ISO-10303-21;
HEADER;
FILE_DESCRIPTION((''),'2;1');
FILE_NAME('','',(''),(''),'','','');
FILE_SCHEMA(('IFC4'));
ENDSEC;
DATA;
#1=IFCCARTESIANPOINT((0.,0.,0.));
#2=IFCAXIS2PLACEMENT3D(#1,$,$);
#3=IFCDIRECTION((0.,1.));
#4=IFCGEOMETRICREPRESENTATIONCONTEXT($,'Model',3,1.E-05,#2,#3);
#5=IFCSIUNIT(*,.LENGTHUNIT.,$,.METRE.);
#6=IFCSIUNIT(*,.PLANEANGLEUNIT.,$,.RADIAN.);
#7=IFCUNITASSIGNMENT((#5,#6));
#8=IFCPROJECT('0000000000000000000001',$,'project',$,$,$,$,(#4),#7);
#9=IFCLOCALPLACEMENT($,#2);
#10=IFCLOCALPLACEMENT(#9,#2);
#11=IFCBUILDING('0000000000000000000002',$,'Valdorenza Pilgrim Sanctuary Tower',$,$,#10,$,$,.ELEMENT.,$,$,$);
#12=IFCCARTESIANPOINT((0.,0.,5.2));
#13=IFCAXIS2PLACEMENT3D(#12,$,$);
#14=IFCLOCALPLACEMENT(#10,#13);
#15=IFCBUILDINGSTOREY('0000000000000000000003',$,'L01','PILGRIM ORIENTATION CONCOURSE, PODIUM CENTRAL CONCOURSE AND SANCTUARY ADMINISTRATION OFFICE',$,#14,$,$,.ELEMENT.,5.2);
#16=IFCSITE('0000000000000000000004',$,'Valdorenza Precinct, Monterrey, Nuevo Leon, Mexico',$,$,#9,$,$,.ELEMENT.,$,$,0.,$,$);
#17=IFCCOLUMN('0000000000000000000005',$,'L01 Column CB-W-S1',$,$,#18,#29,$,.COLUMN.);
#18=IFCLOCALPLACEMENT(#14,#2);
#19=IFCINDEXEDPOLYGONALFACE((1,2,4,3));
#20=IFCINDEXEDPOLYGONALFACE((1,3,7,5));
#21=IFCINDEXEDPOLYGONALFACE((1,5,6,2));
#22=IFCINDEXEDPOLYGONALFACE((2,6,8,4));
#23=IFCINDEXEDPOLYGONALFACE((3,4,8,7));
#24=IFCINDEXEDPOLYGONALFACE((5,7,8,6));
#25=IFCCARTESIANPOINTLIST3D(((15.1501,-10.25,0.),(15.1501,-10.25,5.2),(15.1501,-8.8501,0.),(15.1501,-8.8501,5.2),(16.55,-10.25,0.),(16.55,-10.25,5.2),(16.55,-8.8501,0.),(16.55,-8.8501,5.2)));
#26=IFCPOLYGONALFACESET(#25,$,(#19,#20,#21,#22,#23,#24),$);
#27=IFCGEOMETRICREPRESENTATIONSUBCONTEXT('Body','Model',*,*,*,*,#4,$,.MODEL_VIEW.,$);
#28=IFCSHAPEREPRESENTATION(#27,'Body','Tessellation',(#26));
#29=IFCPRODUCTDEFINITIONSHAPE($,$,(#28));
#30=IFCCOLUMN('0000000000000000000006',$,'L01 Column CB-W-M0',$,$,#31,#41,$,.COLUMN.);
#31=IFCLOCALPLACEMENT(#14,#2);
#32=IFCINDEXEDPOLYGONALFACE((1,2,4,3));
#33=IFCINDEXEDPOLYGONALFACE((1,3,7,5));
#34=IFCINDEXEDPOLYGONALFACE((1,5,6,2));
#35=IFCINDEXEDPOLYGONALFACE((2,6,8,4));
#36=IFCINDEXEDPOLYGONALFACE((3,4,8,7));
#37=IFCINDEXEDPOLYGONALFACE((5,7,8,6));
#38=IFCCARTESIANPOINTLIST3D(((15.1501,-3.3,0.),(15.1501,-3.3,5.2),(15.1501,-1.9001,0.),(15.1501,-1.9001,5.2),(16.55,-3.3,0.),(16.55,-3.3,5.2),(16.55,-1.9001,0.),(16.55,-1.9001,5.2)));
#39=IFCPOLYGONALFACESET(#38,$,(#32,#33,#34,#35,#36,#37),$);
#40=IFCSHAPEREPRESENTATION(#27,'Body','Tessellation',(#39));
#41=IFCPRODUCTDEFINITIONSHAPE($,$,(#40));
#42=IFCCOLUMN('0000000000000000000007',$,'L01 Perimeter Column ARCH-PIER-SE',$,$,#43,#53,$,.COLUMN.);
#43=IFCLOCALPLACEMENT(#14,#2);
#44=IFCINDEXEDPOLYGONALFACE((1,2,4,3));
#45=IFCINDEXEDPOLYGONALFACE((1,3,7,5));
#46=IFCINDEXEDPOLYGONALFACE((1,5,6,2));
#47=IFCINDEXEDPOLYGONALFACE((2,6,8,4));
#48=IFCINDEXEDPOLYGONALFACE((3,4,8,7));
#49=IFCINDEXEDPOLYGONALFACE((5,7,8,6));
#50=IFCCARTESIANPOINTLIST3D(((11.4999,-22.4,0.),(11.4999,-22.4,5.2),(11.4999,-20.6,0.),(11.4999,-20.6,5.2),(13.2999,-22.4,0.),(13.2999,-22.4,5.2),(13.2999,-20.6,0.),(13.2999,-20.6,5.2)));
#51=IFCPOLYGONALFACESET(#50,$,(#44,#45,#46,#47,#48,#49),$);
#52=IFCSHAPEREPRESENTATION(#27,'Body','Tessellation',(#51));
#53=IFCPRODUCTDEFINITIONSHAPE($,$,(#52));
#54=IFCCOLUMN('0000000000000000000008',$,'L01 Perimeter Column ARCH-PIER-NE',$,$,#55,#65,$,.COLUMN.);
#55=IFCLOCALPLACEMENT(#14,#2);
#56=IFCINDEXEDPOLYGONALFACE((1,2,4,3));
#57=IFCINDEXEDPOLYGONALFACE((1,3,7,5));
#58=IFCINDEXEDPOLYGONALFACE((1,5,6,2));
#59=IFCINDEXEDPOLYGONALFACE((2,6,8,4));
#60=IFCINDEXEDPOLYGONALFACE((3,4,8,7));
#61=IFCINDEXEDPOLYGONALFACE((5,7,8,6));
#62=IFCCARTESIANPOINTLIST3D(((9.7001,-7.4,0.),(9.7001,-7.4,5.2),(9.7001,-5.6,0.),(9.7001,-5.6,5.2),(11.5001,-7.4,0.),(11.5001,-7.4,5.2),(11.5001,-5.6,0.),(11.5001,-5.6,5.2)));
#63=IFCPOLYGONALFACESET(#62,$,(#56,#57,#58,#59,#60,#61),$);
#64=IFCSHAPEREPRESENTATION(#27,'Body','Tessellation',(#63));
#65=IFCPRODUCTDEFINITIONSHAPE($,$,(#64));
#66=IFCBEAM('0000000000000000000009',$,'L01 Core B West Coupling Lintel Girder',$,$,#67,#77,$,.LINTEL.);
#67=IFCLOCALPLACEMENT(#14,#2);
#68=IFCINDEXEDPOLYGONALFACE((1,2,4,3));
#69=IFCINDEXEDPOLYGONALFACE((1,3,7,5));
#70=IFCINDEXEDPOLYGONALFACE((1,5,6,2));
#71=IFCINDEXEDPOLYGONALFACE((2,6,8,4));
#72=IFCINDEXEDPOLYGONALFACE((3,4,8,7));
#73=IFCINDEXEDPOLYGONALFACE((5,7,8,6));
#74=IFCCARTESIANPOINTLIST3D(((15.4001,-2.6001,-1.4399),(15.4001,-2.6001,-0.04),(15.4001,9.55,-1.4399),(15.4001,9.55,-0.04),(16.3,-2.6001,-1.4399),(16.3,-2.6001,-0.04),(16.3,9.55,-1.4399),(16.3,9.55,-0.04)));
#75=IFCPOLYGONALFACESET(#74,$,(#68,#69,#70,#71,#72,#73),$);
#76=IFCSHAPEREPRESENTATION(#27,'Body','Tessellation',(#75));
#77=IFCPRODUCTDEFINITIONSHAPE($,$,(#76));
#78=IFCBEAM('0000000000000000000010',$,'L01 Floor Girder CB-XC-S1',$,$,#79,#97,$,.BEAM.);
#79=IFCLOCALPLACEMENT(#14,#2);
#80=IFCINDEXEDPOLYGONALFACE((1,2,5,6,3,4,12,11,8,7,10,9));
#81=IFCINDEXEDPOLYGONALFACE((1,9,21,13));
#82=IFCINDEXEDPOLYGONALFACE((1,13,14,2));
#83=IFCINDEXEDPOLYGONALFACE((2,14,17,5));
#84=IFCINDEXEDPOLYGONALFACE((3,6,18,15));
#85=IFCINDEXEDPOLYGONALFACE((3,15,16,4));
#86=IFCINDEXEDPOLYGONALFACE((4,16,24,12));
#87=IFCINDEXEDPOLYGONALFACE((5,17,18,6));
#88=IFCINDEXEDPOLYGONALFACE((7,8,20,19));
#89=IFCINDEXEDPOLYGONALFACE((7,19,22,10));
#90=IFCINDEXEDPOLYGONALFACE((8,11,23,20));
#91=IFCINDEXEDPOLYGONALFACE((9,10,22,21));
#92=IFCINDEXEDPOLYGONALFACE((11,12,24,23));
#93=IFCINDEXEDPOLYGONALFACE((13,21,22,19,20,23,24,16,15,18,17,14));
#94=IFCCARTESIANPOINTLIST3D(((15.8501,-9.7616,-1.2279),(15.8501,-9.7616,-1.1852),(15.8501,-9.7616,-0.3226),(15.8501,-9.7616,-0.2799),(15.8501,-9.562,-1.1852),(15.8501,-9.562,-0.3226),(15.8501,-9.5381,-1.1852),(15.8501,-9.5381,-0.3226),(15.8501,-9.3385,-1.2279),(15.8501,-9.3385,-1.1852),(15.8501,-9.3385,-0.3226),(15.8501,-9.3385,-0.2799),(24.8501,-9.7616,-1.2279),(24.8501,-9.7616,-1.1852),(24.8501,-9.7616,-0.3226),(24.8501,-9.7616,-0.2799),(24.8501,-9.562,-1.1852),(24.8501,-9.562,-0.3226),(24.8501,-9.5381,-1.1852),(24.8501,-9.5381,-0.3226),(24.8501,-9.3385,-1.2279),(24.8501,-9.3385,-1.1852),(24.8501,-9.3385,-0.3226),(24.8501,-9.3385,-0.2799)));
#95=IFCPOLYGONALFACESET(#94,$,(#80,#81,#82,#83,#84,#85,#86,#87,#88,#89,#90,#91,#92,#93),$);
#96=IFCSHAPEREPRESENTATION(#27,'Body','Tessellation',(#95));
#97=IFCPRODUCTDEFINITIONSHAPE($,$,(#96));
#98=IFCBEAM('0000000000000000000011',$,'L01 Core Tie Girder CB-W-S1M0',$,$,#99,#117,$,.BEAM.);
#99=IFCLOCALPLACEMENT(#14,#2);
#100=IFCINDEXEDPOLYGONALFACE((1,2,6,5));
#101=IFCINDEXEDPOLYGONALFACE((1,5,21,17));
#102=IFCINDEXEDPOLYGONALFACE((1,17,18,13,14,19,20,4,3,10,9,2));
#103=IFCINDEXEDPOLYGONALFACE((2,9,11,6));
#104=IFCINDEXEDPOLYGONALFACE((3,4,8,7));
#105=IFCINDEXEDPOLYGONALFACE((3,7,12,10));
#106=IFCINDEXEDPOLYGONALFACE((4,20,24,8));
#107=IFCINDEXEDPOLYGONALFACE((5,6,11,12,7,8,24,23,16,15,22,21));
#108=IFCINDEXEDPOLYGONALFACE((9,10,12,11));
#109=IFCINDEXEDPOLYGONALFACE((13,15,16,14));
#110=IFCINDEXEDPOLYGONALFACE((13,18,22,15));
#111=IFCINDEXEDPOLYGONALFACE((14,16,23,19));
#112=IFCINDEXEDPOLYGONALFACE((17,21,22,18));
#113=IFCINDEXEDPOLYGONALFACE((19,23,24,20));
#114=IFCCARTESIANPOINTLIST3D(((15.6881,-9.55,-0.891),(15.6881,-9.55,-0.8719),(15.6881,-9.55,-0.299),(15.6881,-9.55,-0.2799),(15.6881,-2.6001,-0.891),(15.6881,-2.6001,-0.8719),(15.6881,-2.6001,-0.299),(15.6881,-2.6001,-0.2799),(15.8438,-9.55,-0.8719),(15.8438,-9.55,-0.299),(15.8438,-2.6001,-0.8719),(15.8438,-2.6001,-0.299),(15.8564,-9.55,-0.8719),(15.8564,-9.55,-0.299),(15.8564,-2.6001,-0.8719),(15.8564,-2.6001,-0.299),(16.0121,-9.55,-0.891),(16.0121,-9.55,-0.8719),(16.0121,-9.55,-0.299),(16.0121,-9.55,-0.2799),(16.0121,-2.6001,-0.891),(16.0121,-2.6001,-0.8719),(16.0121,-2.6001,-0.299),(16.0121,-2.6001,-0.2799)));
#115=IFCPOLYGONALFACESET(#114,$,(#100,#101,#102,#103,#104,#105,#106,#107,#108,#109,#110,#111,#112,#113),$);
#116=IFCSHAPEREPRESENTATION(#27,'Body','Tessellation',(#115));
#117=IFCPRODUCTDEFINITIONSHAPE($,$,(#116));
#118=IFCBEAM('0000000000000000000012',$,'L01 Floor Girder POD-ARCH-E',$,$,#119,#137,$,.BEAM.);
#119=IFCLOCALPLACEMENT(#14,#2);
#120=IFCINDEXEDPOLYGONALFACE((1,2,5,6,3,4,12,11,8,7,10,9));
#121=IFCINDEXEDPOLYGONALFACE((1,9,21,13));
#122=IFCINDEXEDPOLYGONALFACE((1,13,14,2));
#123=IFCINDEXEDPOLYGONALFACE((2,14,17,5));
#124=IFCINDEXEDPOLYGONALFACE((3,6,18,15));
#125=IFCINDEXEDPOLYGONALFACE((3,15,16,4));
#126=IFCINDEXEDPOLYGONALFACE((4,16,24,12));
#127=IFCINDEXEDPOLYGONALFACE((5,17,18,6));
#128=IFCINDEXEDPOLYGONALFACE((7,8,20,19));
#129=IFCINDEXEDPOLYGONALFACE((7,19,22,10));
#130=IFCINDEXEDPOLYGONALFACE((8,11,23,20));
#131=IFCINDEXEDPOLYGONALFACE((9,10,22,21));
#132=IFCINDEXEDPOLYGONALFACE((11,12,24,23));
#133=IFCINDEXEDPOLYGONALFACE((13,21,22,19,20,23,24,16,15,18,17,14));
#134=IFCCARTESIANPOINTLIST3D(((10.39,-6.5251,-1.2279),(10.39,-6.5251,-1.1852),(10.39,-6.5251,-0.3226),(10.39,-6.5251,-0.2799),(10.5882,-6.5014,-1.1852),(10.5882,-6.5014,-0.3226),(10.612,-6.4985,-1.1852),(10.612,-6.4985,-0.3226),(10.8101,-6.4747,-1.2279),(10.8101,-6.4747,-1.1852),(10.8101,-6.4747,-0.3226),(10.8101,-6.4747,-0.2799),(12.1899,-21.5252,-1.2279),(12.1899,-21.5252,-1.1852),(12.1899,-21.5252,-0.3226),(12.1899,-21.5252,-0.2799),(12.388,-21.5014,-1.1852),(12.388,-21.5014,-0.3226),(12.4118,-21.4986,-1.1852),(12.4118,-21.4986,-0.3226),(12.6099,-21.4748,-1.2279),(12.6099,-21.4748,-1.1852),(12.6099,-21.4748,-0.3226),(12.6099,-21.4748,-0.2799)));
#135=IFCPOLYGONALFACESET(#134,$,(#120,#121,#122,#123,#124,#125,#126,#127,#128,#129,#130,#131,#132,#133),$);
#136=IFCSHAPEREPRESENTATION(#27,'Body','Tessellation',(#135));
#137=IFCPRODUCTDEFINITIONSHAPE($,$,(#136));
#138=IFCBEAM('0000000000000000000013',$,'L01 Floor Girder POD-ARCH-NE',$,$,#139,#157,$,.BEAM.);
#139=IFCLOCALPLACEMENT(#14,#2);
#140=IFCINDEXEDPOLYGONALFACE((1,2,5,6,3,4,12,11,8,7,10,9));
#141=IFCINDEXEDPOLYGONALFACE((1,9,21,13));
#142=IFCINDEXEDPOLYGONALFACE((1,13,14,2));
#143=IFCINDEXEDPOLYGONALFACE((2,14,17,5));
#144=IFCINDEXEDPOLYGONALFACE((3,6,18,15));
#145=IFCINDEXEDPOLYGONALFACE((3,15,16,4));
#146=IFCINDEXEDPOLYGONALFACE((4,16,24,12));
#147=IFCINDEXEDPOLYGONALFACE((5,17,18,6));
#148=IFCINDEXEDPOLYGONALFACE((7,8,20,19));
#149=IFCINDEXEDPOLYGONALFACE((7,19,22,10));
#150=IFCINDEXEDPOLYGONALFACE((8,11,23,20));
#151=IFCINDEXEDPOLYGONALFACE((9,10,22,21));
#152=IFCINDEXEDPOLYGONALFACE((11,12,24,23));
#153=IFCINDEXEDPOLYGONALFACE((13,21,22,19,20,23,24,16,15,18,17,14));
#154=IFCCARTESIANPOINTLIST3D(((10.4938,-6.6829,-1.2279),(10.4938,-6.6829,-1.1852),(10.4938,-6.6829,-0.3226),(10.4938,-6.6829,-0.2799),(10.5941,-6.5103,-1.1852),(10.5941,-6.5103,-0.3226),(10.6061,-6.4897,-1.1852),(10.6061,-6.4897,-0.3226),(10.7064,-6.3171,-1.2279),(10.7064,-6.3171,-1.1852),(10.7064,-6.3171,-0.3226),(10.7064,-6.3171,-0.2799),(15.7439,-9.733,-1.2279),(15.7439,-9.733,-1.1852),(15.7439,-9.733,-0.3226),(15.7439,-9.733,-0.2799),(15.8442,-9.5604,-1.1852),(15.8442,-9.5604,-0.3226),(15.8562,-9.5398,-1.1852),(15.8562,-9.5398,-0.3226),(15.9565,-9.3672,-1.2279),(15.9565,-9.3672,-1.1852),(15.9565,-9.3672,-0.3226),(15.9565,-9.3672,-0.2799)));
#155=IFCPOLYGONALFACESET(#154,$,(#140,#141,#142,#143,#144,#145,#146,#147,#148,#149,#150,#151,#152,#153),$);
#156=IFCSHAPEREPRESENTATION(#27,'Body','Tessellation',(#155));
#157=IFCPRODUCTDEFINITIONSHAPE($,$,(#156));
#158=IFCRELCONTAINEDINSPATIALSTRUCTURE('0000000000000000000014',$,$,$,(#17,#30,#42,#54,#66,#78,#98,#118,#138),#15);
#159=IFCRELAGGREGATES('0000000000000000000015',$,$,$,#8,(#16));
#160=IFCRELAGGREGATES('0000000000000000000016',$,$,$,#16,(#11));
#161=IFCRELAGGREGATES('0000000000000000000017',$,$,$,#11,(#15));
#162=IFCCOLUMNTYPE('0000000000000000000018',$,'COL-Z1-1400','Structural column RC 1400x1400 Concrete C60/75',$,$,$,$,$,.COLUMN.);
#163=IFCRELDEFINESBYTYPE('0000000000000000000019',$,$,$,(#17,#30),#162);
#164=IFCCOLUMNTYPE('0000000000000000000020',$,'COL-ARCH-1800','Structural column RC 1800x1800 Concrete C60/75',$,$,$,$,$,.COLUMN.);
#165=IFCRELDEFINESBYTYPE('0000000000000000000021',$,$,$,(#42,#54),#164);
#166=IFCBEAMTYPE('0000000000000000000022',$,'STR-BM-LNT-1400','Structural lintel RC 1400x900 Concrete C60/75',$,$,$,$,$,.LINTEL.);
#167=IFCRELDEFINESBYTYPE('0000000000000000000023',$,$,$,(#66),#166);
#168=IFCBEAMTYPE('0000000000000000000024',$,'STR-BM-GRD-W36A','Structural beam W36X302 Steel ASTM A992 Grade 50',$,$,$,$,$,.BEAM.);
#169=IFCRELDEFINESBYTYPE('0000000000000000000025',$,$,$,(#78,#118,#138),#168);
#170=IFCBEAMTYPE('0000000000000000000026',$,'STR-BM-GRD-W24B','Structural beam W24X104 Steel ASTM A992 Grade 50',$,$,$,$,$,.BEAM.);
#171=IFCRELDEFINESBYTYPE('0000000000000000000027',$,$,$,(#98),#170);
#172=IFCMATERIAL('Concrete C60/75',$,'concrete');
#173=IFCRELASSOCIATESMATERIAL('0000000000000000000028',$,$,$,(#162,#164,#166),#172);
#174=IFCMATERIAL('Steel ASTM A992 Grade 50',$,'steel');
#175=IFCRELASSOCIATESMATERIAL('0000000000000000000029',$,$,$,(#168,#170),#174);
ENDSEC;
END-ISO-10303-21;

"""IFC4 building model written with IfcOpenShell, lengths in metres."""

from ifc_helpers import new_model, si_unit, direction, frame, origin, origin_2d, place, context, subcontext, project, spatial, rectangle, i_section, extrude, source, transform, mapped, material, material_profile, profile_set, type_object, element, save


model = new_model("IFC4")

# Units and contexts
model_context = context("Model", 3, precision=1e-05, world=origin(), true_north=direction((0.0, 1.0)))
body_context = subcontext(model_context, "Body", "Model", "MODEL_VIEW")
ifc_project = project(units=[si_unit("LENGTHUNIT", "METRE"), si_unit("PLANEANGLEUNIT", "RADIAN")], contexts=[model_context])

# Site, building, storey
site_placement = place(None, origin())
site = spatial("IfcSite", under=ifc_project, at=site_placement, Name="Valdorenza Precinct, Monterrey, Nuevo Leon, Mexico", CompositionType="ELEMENT", RefElevation=0.0)
building_placement = place(site_placement, origin())
building = spatial("IfcBuilding", under=site, at=building_placement, Name="Valdorenza Pilgrim Sanctuary Tower", CompositionType="ELEMENT")
storey_placement = place(building_placement, frame((0.0, 0.0, 5.2)))
storey = spatial("IfcBuildingStorey", under=building, at=storey_placement, Name="L01", Description="PILGRIM ORIENTATION CONCOURSE, PODIUM CENTRAL CONCOURSE AND SANCTUARY ADMINISTRATION OFFICE", CompositionType="ELEMENT", Elevation=5.2)

# Columns
ifc_material_1 = material(Name="Concrete C60/75", Category="concrete")
ifc_material_profile_1 = material_profile(ifc_material_1, rectangle(XDim=1.3999, YDim=1.3999, at=origin_2d()), Name="RC 1400x1400")
ifc_profile_set_1 = profile_set([ifc_material_profile_1], Name="Concrete C60/75")
column_type_1 = type_object("IfcColumnType", Name="COL-Z1-1400", Description="Structural column RC 1400x1400 Concrete C60/75", PredefinedType="COLUMN", material=ifc_profile_set_1)
shared_shape_1 = source(origin(), body_context, "Body", "SweptSolid", [
    extrude(rectangle(XDim=1.3999, YDim=1.3999, at=origin_2d()), origin(), (0.0, 0.0, 1.0), 5.2),
])
for number, where, z_axis, x_axis, name in (
    (1, (15.8501, -9.55, 0.0), (0.0, 0.0, 1.0), (1.0, 0.0, 0.0), "L01 Column CB-W-S1"),
    (2, (15.8501, -2.6001, 0.0), (0.0, 0.0, 1.0), (1.0, 0.0, 0.0), "L01 Column CB-W-M0"),
):
    element("IfcColumn", number, at=place(storey_placement, frame(where, z_axis=z_axis, x_axis=x_axis)), inside=storey, type_object=column_type_1, Name=name, PredefinedType="COLUMN", context=body_context, shape_type="MappedRepresentation", body=[
        mapped(shared_shape_1, transform((0.0, 0.0, 0.0), x_axis=(1.0, 0.0, 0.0), y_axis=(0.0, 1.0, 0.0), z_axis=(0.0, 0.0, 1.0), scale=1.0)),
    ])
ifc_material_profile_2 = material_profile(ifc_material_1, rectangle(XDim=1.8, YDim=1.8, at=origin_2d()), Name="RC 1800x1800")
ifc_profile_set_2 = profile_set([ifc_material_profile_2], Name="Concrete C60/75")
column_type_2 = type_object("IfcColumnType", Name="COL-ARCH-1800", Description="Structural column RC 1800x1800 Concrete C60/75", PredefinedType="COLUMN", material=ifc_profile_set_2)
shared_shape_2 = source(origin(), body_context, "Body", "SweptSolid", [
    extrude(rectangle(XDim=1.8, YDim=1.8, at=origin_2d()), origin(), (0.0, 0.0, 1.0), 5.2),
])
for number, where, z_axis, x_axis, name in (
    (3, (12.3999, -21.5, 0.0), (0.0, 0.0, 1.0), (1.0, 0.0, 0.0), "L01 Perimeter Column ARCH-PIER-SE"),
    (4, (10.6001, -6.5, 0.0), (0.0, 0.0, 1.0), (1.0, 0.0, 0.0), "L01 Perimeter Column ARCH-PIER-NE"),
):
    element("IfcColumn", number, at=place(storey_placement, frame(where, z_axis=z_axis, x_axis=x_axis)), inside=storey, type_object=column_type_2, Name=name, PredefinedType="COLUMN", context=body_context, shape_type="MappedRepresentation", body=[
        mapped(shared_shape_2, transform((0.0, 0.0, 0.0), x_axis=(1.0, 0.0, 0.0), y_axis=(0.0, 1.0, 0.0), z_axis=(0.0, 0.0, 1.0), scale=1.0)),
    ])

# Beams
ifc_material_profile_3 = material_profile(ifc_material_1, rectangle(XDim=0.8999, YDim=1.3999, at=origin_2d()), Name="RC 1400x900")
ifc_profile_set_3 = profile_set([ifc_material_profile_3], Name="Concrete C60/75")
beam_type_1 = type_object("IfcBeamType", Name="STR-BM-LNT-1400", Description="Structural lintel RC 1400x900 Concrete C60/75", PredefinedType="LINTEL", material=ifc_profile_set_3)
shared_shape_3 = source(origin(), body_context, "Body", "SweptSolid", [
    extrude(rectangle(XDim=0.8999, YDim=1.3999, at=origin_2d()), origin(), (0.0, 0.0, 1.0), 12.1501),
])
beam_1_placement = place(storey_placement, frame((15.8501, -2.6001, -0.74), z_axis=(0.0, 1.0, 0.0), x_axis=(-1.0, 0.0, 0.0)))
element("IfcBeam", 5, at=beam_1_placement, inside=storey, type_object=beam_type_1, Name="L01 Core B West Coupling Lintel Girder", PredefinedType="LINTEL", context=body_context, shape_type="MappedRepresentation", body=[
    mapped(shared_shape_3, transform((0.0, 0.0, 0.0), x_axis=(1.0, 0.0, 0.0), y_axis=(0.0, 1.0, 0.0), z_axis=(0.0, 0.0, 1.0), scale=1.0)),
])
ifc_material_2 = material(Name="Steel ASTM A992 Grade 50", Category="steel")
ifc_material_profile_4 = material_profile(ifc_material_2, i_section(OverallWidth=0.4231, OverallDepth=0.948, WebThickness=0.0239, FlangeThickness=0.0427, at=origin_2d()), Name="W36X302")
ifc_profile_set_4 = profile_set([ifc_material_profile_4], Name="Steel ASTM A992 Grade 50")
beam_type_2 = type_object("IfcBeamType", Name="STR-BM-GRD-W36A", Description="Structural beam W36X302 Steel ASTM A992 Grade 50", PredefinedType="BEAM", material=ifc_profile_set_4)
shared_shape_4 = source(origin(), body_context, "Body", "SweptSolid", [
    extrude(i_section(OverallWidth=0.4231, OverallDepth=0.948, WebThickness=0.0239, FlangeThickness=0.0427, at=origin_2d()), origin(), (0.0, 0.0, 1.0), 9.0),
])
beam_2_placement = place(storey_placement, frame((15.8501, -9.55, -0.7539), z_axis=(1.0, 0.0, 0.0), x_axis=(0.0, 1.0, 0.0)))
element("IfcBeam", 6, at=beam_2_placement, inside=storey, type_object=beam_type_2, Name="L01 Floor Girder CB-XC-S1", PredefinedType="BEAM", context=body_context, shape_type="MappedRepresentation", body=[
    mapped(shared_shape_4, transform((0.0, 0.0, 0.0), x_axis=(1.0, 0.0, 0.0), y_axis=(0.0, 1.0, 0.0), z_axis=(0.0, 0.0, 1.0), scale=1.0)),
])
ifc_material_profile_5 = material_profile(ifc_material_2, i_section(OverallWidth=0.324, OverallDepth=0.6111, WebThickness=0.0127, FlangeThickness=0.019, at=origin_2d()), Name="W24X104")
ifc_profile_set_5 = profile_set([ifc_material_profile_5], Name="Steel ASTM A992 Grade 50")
beam_type_3 = type_object("IfcBeamType", Name="STR-BM-GRD-W24B", Description="Structural beam W24X104 Steel ASTM A992 Grade 50", PredefinedType="BEAM", material=ifc_profile_set_5)
shared_shape_5 = source(origin(), body_context, "Body", "SweptSolid", [
    extrude(i_section(OverallWidth=0.324, OverallDepth=0.6111, WebThickness=0.0127, FlangeThickness=0.019, at=origin_2d()), origin(), (0.0, 0.0, 1.0), 6.95),
])
beam_3_placement = place(storey_placement, frame((15.8501, -9.55, -0.5854), z_axis=(0.0, 1.0, 0.0), x_axis=(-1.0, 0.0, 0.0)))
element("IfcBeam", 7, at=beam_3_placement, inside=storey, type_object=beam_type_3, Name="L01 Core Tie Girder CB-W-S1M0", PredefinedType="BEAM", context=body_context, shape_type="MappedRepresentation", body=[
    mapped(shared_shape_5, transform((0.0, 0.0, 0.0), x_axis=(1.0, 0.0, 0.0), y_axis=(0.0, 1.0, 0.0), z_axis=(0.0, 0.0, 1.0), scale=1.0)),
])
shared_shape_6 = source(origin(), body_context, "Body", "SweptSolid", [
    extrude(i_section(OverallWidth=0.4231, OverallDepth=0.948, WebThickness=0.0239, FlangeThickness=0.0427, at=origin_2d()), origin(), (0.0, 0.0, 1.0), 15.1077),
])
beam_4_placement = place(storey_placement, frame((12.3999, -21.5, -0.7539), z_axis=(-0.119132, 0.992878, 0.0), x_axis=(-0.992878, -0.119132, 0.0)))
element("IfcBeam", 8, at=beam_4_placement, inside=storey, type_object=beam_type_2, Name="L01 Floor Girder POD-ARCH-E", PredefinedType="BEAM", context=body_context, shape_type="MappedRepresentation", body=[
    mapped(shared_shape_6, transform((0.0, 0.0, 0.0), x_axis=(1.0, 0.0, 0.0), y_axis=(0.0, 1.0, 0.0), z_axis=(0.0, 0.0, 1.0), scale=1.0)),
])
shared_shape_7 = source(origin(), body_context, "Body", "SweptSolid", [
    extrude(i_section(OverallWidth=0.4231, OverallDepth=0.948, WebThickness=0.0239, FlangeThickness=0.0427, at=origin_2d()), origin(), (0.0, 0.0, 1.0), 6.0718),
])
beam_5_placement = place(storey_placement, frame((10.6001, -6.5, -0.7539), z_axis=(0.86467, -0.50234, 0.0), x_axis=(0.50234, 0.86467, 0.0)))
element("IfcBeam", 9, at=beam_5_placement, inside=storey, type_object=beam_type_2, Name="L01 Floor Girder POD-ARCH-NE", PredefinedType="BEAM", context=body_context, shape_type="MappedRepresentation", body=[
    mapped(shared_shape_7, transform((0.0, 0.0, 0.0), x_axis=(1.0, 0.0, 0.0), y_axis=(0.0, 1.0, 0.0), z_axis=(0.0, 0.0, 1.0), scale=1.0)),
])

save(model, "model.ifc")
